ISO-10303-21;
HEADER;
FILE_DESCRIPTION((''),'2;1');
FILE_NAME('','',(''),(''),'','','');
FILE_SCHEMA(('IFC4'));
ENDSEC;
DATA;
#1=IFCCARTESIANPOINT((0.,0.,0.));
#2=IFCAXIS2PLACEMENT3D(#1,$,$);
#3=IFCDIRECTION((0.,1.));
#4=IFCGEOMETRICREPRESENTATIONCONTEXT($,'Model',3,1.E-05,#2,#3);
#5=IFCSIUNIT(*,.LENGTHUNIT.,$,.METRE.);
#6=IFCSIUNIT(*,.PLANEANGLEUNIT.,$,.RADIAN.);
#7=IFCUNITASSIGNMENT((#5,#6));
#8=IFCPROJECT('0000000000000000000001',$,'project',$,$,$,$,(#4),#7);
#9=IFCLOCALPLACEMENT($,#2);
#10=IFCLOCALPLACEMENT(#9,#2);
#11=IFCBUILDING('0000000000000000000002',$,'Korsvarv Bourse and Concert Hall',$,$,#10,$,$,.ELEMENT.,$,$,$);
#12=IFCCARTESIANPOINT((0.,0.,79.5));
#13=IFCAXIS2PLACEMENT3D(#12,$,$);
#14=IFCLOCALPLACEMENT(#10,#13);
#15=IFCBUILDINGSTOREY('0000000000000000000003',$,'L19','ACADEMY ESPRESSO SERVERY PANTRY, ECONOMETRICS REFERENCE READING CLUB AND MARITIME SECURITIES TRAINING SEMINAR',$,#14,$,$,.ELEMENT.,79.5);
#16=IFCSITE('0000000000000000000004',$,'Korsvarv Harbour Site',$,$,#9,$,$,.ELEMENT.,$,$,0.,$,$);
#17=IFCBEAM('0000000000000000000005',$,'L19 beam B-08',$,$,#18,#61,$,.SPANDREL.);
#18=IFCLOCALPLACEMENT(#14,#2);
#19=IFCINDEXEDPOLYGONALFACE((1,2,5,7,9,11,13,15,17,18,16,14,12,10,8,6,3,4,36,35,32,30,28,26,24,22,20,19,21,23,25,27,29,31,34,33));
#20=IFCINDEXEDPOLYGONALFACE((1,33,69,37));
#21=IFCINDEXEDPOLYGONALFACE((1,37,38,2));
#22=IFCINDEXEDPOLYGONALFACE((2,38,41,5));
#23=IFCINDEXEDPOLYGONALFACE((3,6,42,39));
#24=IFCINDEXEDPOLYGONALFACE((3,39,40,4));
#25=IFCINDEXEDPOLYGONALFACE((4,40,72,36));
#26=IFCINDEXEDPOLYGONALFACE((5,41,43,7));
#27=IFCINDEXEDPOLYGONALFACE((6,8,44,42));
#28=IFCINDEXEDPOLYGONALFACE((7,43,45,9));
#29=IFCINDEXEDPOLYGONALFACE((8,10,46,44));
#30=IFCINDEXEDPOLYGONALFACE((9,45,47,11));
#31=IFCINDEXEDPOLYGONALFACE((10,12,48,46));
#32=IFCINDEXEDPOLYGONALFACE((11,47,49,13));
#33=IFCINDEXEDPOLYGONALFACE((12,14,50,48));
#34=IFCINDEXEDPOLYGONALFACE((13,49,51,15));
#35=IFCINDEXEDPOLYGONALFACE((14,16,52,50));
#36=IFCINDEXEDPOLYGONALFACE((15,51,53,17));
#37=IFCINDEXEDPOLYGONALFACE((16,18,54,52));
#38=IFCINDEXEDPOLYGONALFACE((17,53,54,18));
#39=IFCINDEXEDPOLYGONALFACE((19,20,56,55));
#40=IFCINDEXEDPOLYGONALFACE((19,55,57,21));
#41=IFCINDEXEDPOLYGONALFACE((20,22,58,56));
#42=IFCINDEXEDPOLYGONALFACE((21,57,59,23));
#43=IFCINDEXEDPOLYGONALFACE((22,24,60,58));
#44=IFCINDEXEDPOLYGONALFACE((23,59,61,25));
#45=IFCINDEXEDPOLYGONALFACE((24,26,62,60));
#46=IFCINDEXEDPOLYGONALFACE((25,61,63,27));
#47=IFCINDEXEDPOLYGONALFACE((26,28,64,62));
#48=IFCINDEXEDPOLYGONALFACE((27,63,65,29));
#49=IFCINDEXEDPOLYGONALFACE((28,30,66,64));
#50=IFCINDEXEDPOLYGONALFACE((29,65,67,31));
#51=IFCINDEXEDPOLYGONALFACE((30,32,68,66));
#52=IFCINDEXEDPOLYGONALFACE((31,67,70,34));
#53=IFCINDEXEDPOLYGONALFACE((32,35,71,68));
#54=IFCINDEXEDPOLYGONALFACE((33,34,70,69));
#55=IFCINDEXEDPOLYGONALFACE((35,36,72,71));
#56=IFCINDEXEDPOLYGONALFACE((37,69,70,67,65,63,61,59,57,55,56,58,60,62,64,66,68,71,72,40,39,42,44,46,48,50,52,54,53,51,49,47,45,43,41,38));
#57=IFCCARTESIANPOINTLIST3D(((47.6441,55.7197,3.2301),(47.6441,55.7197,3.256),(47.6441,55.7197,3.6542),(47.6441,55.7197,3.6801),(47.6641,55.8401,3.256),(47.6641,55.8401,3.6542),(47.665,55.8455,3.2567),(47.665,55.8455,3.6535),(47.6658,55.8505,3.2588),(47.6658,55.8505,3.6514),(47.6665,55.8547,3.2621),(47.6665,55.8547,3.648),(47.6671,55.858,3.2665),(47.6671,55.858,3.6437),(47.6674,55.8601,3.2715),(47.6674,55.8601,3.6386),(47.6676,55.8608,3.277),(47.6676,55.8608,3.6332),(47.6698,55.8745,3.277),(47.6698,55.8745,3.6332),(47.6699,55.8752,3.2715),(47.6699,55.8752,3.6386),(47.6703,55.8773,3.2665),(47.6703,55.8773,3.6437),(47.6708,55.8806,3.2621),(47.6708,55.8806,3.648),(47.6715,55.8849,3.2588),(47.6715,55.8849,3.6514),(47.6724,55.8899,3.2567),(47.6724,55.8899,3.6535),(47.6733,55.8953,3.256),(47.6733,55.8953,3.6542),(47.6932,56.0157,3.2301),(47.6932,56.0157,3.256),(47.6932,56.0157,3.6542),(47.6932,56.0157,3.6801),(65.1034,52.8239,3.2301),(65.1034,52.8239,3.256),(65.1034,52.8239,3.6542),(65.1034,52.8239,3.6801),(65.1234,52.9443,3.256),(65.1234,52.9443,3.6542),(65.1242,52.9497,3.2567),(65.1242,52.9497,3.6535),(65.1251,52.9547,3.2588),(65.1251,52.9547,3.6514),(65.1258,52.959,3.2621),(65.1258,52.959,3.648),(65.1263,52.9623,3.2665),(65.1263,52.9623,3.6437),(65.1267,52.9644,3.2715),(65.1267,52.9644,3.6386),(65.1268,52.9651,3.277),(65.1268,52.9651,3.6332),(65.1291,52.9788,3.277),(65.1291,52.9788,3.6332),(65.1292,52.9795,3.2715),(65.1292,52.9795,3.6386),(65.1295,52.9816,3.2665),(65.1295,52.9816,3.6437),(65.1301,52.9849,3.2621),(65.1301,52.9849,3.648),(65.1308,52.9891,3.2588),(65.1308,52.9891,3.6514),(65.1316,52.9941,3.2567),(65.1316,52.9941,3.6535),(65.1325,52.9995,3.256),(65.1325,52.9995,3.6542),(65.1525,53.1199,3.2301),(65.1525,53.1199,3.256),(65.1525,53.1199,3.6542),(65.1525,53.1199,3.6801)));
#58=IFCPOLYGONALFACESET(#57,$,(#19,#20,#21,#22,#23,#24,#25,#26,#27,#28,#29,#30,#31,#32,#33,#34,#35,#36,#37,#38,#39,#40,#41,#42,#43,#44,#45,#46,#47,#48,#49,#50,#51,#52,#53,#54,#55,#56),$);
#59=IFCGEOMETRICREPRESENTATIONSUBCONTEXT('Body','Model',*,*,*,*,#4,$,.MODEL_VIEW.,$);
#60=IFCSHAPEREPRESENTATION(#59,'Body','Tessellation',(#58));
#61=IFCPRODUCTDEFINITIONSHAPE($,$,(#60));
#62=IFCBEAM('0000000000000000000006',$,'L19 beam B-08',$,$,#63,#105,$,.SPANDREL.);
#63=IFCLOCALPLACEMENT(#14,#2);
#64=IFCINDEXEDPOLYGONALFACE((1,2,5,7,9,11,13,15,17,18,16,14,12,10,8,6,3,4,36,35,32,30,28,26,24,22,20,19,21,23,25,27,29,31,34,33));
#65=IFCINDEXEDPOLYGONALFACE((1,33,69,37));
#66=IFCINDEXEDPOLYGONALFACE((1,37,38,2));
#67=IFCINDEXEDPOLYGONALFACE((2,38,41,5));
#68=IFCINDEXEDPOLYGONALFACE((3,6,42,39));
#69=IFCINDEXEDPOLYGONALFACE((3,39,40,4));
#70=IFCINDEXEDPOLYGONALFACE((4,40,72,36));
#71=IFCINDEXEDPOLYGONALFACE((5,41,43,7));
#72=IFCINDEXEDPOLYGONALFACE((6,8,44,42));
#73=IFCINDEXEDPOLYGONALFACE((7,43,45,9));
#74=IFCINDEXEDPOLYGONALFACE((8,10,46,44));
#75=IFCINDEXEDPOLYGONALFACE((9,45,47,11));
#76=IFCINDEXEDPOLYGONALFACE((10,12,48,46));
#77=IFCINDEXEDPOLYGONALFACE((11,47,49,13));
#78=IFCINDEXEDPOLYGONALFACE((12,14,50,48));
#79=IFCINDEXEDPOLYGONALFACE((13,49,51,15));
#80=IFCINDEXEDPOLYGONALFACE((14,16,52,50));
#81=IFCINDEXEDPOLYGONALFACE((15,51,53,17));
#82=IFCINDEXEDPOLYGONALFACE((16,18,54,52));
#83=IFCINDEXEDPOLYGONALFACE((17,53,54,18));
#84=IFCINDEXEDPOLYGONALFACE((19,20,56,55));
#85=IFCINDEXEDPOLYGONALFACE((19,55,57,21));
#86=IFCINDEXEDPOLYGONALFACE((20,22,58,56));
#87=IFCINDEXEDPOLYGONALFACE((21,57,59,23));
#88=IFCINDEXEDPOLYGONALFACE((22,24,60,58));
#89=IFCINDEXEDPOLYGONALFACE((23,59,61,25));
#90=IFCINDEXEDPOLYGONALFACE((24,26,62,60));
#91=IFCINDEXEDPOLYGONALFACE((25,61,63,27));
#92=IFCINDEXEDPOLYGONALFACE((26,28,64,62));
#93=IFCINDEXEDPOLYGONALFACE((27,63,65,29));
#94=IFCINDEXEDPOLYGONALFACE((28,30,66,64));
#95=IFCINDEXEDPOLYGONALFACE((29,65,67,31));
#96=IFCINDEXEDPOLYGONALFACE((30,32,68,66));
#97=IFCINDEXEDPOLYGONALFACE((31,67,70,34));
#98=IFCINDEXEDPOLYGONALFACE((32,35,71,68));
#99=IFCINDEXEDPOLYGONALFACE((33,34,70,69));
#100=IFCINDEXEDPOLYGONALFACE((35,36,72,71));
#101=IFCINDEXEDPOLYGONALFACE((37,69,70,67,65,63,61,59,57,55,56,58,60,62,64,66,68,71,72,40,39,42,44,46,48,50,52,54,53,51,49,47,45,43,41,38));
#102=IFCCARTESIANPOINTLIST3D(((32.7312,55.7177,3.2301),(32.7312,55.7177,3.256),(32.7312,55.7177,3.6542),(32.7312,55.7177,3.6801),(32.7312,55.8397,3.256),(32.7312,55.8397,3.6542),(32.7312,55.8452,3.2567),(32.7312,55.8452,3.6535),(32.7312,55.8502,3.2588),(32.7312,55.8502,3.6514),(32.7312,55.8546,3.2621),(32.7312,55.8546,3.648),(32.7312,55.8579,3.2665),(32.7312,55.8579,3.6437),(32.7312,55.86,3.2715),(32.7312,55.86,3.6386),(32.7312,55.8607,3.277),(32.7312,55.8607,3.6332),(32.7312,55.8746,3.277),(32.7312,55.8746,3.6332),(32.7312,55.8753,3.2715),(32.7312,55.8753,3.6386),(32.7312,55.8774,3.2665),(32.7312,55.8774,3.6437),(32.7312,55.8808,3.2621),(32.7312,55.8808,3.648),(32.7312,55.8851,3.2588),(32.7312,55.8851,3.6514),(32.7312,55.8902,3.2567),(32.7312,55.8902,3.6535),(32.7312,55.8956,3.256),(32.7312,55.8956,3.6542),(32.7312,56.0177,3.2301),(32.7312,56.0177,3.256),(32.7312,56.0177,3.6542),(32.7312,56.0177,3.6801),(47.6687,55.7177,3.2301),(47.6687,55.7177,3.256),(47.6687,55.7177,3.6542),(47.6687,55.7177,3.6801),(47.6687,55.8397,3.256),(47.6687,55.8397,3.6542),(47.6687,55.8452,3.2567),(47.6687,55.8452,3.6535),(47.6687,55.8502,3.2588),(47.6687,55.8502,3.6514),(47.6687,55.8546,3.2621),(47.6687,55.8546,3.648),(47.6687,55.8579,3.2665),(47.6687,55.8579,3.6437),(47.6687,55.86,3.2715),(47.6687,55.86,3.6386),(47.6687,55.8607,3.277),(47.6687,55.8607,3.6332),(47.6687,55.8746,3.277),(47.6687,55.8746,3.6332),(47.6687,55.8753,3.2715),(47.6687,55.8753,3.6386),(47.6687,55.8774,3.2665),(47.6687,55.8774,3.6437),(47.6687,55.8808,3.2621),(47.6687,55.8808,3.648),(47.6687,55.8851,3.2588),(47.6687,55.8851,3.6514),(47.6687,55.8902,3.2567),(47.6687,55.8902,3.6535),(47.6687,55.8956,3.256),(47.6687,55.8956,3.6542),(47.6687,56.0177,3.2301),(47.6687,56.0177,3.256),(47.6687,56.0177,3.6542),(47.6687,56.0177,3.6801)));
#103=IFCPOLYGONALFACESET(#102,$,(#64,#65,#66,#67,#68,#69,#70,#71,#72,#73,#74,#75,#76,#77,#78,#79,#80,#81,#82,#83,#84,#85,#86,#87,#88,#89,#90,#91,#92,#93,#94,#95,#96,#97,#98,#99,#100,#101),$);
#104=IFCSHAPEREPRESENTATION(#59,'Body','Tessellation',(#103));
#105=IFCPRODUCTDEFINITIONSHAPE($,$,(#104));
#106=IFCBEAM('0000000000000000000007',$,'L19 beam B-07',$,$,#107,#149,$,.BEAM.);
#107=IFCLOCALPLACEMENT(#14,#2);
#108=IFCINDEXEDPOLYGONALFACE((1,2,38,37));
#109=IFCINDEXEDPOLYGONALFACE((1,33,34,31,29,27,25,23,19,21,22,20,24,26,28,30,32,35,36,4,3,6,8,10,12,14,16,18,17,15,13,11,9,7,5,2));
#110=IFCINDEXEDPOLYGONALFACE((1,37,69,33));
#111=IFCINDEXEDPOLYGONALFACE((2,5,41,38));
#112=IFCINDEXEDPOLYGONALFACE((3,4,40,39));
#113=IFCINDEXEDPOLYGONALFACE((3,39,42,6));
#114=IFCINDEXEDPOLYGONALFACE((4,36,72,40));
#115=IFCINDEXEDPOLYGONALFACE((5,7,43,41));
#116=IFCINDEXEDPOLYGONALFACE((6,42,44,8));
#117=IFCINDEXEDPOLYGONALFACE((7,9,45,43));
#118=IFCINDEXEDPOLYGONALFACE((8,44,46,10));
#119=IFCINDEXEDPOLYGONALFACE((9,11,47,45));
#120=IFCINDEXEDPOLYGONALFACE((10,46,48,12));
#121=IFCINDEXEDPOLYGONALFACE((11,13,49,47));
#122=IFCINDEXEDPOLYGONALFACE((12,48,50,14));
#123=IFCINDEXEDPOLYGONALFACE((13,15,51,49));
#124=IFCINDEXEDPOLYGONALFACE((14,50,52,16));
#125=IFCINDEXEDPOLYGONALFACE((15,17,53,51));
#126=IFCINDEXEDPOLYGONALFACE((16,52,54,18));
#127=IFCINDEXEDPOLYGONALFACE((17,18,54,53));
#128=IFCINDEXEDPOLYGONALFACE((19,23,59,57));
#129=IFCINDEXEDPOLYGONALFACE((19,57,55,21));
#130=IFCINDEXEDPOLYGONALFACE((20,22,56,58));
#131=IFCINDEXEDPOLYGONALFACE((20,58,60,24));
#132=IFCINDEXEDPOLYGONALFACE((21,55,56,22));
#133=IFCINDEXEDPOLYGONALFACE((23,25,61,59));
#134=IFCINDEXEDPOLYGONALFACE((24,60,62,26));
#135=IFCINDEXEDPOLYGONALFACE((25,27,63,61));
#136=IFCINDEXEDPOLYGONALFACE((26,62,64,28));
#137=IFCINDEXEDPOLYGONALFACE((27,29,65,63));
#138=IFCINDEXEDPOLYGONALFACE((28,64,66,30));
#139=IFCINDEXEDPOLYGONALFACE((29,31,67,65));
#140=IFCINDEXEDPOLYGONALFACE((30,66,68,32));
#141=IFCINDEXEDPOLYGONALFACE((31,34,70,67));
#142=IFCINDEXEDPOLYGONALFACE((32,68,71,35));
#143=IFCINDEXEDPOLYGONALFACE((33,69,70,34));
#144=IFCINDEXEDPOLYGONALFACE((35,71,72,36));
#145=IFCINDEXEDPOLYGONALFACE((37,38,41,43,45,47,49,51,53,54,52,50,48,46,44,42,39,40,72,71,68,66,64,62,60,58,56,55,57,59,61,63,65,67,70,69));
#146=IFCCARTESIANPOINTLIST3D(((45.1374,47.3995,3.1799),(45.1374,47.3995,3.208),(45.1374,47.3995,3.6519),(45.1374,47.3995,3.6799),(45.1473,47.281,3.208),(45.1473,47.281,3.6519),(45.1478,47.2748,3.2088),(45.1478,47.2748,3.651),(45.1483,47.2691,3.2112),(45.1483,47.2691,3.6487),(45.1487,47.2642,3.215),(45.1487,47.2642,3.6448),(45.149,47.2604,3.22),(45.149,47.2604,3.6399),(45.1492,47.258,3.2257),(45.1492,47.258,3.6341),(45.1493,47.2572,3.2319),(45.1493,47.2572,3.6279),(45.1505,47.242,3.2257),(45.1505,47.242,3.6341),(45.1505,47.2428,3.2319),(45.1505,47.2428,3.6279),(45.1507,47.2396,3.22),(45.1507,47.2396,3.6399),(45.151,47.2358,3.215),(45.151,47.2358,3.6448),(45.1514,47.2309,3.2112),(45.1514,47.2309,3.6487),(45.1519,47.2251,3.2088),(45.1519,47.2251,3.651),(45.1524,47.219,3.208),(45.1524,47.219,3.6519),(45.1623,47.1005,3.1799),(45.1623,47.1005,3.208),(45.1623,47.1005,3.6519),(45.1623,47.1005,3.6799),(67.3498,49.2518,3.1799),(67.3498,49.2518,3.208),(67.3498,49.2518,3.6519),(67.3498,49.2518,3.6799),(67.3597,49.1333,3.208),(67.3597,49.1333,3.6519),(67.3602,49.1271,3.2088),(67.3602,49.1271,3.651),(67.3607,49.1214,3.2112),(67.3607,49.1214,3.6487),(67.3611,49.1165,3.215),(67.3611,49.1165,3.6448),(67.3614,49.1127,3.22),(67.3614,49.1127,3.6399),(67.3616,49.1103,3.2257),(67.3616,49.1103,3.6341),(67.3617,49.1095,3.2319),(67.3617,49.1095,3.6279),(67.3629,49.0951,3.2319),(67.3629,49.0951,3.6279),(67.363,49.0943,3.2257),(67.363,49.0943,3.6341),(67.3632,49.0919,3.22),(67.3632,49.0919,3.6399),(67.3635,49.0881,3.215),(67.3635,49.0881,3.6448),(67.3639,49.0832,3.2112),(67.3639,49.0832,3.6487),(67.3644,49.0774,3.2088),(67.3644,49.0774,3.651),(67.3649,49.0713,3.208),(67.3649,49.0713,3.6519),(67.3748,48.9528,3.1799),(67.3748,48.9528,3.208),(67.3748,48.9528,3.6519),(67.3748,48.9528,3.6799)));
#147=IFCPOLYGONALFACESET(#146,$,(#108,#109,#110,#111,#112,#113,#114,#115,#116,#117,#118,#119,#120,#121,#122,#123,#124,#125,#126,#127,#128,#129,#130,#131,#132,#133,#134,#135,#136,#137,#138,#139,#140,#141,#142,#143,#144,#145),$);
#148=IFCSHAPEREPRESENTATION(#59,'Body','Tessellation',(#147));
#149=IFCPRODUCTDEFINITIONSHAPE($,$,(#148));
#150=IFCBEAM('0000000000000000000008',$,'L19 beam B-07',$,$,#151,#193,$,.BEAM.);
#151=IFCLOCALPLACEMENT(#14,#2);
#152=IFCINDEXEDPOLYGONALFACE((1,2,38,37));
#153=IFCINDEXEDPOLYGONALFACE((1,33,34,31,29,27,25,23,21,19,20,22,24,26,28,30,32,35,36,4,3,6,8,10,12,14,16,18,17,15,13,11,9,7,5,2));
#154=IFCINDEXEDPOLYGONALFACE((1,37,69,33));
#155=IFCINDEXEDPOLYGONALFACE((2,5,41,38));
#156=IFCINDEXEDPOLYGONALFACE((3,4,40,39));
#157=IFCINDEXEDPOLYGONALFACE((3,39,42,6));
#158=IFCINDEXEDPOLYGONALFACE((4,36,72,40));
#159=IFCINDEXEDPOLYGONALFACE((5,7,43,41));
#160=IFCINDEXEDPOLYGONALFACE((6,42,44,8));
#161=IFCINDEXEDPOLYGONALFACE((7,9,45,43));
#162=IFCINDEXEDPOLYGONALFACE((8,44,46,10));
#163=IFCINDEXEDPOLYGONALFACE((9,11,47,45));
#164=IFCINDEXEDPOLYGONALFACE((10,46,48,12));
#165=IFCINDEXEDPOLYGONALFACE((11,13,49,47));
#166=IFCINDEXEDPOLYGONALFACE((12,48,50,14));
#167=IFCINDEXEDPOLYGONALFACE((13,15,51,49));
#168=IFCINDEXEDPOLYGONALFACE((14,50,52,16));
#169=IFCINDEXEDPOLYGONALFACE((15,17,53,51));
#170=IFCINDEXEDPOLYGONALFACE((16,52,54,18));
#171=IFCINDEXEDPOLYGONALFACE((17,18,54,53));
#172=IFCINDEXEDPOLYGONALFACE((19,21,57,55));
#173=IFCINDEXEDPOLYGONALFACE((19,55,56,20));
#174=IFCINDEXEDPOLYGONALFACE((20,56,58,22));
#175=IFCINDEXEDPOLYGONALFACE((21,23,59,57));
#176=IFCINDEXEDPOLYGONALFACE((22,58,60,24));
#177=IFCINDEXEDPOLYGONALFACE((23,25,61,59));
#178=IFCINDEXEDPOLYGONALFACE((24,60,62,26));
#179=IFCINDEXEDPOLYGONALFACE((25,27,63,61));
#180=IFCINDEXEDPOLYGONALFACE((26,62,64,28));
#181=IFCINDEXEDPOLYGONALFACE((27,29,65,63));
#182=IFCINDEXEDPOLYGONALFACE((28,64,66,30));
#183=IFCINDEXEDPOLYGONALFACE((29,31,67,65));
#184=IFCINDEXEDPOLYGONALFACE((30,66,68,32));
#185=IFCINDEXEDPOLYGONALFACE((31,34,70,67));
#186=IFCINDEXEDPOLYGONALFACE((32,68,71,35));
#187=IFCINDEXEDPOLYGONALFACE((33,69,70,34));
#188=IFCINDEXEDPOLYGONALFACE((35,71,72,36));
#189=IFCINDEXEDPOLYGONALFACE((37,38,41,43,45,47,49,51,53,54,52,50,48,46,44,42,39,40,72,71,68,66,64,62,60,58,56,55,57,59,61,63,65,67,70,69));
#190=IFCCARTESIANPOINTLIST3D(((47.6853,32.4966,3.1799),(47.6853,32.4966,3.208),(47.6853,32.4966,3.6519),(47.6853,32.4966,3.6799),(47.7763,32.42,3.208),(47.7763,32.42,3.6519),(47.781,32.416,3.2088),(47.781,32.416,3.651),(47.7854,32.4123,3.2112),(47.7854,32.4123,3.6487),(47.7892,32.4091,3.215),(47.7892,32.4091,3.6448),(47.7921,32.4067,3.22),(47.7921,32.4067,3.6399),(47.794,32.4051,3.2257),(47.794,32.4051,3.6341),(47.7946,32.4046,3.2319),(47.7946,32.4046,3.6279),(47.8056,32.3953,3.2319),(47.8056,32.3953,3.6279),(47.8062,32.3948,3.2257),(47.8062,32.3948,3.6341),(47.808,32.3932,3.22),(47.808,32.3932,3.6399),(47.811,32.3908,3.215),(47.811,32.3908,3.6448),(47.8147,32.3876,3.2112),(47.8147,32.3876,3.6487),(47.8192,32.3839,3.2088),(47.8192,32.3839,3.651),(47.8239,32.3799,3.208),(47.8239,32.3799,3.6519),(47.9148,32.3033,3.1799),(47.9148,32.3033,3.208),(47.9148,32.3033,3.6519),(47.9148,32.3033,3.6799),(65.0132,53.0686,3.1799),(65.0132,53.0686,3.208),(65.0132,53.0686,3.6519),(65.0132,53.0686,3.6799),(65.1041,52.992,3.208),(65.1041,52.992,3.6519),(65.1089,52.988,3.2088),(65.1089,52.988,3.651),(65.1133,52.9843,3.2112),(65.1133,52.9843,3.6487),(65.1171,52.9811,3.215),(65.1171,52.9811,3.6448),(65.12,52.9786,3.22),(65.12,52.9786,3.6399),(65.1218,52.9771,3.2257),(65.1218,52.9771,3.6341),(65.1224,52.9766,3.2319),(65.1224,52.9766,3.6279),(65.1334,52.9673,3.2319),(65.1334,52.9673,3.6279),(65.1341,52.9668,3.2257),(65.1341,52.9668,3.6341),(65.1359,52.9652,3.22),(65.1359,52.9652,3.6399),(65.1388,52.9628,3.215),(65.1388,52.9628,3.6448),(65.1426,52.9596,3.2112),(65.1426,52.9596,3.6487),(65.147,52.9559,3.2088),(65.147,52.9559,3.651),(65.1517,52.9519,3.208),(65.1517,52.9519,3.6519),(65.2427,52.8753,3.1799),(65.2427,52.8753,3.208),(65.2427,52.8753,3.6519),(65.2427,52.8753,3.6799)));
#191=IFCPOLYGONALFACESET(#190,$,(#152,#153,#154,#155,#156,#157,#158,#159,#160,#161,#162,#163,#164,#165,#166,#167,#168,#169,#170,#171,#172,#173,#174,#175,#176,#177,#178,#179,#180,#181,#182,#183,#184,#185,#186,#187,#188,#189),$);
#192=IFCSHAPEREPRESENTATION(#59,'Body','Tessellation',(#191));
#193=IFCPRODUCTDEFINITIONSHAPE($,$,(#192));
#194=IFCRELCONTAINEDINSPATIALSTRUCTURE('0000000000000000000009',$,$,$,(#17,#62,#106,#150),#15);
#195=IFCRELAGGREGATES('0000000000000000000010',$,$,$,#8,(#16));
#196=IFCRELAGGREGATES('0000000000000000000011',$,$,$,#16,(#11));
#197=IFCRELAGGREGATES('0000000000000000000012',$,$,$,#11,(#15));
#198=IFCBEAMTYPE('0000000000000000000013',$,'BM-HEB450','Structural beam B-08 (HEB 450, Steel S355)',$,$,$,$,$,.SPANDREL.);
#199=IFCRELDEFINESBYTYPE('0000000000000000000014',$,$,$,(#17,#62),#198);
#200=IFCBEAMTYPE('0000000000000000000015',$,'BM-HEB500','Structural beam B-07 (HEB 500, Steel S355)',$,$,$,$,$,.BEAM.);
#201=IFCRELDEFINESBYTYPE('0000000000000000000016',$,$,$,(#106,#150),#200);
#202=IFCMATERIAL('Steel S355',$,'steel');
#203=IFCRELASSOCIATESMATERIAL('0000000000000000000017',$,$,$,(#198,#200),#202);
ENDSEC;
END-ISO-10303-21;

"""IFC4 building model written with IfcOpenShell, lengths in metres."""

from ifc_helpers import new_model, si_unit, direction, frame, origin, origin_2d, place, context, subcontext, project, spatial, i_section, extrude, source, transform, mapped, material, material_profile, profile_set, type_object, element, save


model = new_model("IFC4")

# Units and contexts
model_context = context("Model", 3, precision=1e-05, world=origin(), true_north=direction((0.0, 1.0)))
body_context = subcontext(model_context, "Body", "Model", "MODEL_VIEW")
ifc_project = project(units=[si_unit("LENGTHUNIT", "METRE"), si_unit("PLANEANGLEUNIT", "RADIAN")], contexts=[model_context])

# Site, building, storey
site_placement = place(None, origin())
site = spatial("IfcSite", under=ifc_project, at=site_placement, Name="Korsvarv Harbour Site", CompositionType="ELEMENT", RefElevation=0.0)
building_placement = place(site_placement, origin())
building = spatial("IfcBuilding", under=site, at=building_placement, Name="Korsvarv Bourse and Concert Hall", CompositionType="ELEMENT")
storey_placement = place(building_placement, frame((0.0, 0.0, 79.5)))
storey = spatial("IfcBuildingStorey", under=building, at=storey_placement, Name="L19", Description="ACADEMY ESPRESSO SERVERY PANTRY, ECONOMETRICS REFERENCE READING CLUB AND MARITIME SECURITIES TRAINING SEMINAR", CompositionType="ELEMENT", Elevation=79.5)

# Beams
ifc_material_1 = material(Name="Steel S355", Category="steel")
ifc_material_profile_1 = material_profile(ifc_material_1, i_section(OverallWidth=0.3, OverallDepth=0.45, WebThickness=0.0139, FlangeThickness=0.0259, FilletRadius=0.021, at=origin_2d()), Name="HEB 450")
ifc_profile_set_1 = profile_set([ifc_material_profile_1], Name="Steel S355")
beam_type_1 = type_object("IfcBeamType", Name="BM-HEB450", Description="Structural beam B-08 (HEB 450, Steel S355)", PredefinedType="SPANDREL", material=ifc_profile_set_1)
shared_shape_1 = source(origin(), body_context, "Body", "SweptSolid", [
    extrude(i_section(OverallWidth=0.3, OverallDepth=0.45, WebThickness=0.0139, FlangeThickness=0.0259, FilletRadius=0.021, at=origin_2d()), origin(), (0.0, 0.0, 1.0), 17.6978),
])
beam_1_placement = place(storey_placement, frame((65.1279, 52.9719, 3.4551), z_axis=(-0.986523, 0.163623, 0.0), x_axis=(-0.163623, -0.986523, 0.0)))
element("IfcBeam", 1, at=beam_1_placement, inside=storey, type_object=beam_type_1, Name="L19 beam B-08", PredefinedType="SPANDREL", context=body_context, shape_type="MappedRepresentation", body=[
    mapped(shared_shape_1, transform((0.0, 0.0, 0.0), scale=1.0)),
])
shared_shape_2 = source(origin(), body_context, "Body", "SweptSolid", [
    extrude(i_section(OverallWidth=0.3, OverallDepth=0.45, WebThickness=0.0139, FlangeThickness=0.0259, FilletRadius=0.021, at=origin_2d()), origin(), (0.0, 0.0, 1.0), 14.9375),
])
beam_2_placement = place(storey_placement, frame((47.6687, 55.8677, 3.4551), z_axis=(-1.0, 0.0, 0.0), x_axis=(0.0, -1.0, 0.0)))
element("IfcBeam", 2, at=beam_2_placement, inside=storey, type_object=beam_type_1, Name="L19 beam B-08", PredefinedType="SPANDREL", context=body_context, shape_type="MappedRepresentation", body=[
    mapped(shared_shape_2, transform((0.0, 0.0, 0.0), scale=1.0)),
])
ifc_material_profile_2 = material_profile(ifc_material_1, i_section(OverallWidth=0.3, OverallDepth=0.5, WebThickness=0.0144, FlangeThickness=0.0281, FilletRadius=0.0239, at=origin_2d()), Name="HEB 500")
ifc_profile_set_2 = profile_set([ifc_material_profile_2], Name="Steel S355")
beam_type_2 = type_object("IfcBeamType", Name="BM-HEB500", Description="Structural beam B-07 (HEB 500, Steel S355)", PredefinedType="BEAM", material=ifc_profile_set_2)
shared_shape_3 = source(origin(), body_context, "Body", "SweptSolid", [
    extrude(i_section(OverallWidth=0.3, OverallDepth=0.5, WebThickness=0.0144, FlangeThickness=0.0281, FilletRadius=0.0239, at=origin_2d()), origin(), (0.0, 0.0, 1.0), 22.2896),
])
beam_3_placement = place(storey_placement, frame((67.3623, 49.1023, 3.4299), z_axis=(-0.996541, -0.083102, 0.0), x_axis=(0.083102, -0.996541, 0.0)))
element("IfcBeam", 3, at=beam_3_placement, inside=storey, type_object=beam_type_2, Name="L19 beam B-07", PredefinedType="BEAM", context=body_context, shape_type="MappedRepresentation", body=[
    mapped(shared_shape_3, transform((0.0, 0.0, 0.0), scale=1.0)),
])
shared_shape_4 = source(origin(), body_context, "Body", "SweptSolid", [
    extrude(i_section(OverallWidth=0.3, OverallDepth=0.5, WebThickness=0.0144, FlangeThickness=0.0281, FilletRadius=0.0239, at=origin_2d()), origin(), (0.0, 0.0, 1.0), 26.8972),
])
beam_4_placement = place(storey_placement, frame((65.1279, 52.9719, 3.4299), z_axis=(-0.644224, -0.764837, 0.0), x_axis=(0.764837, -0.644224, 0.0)))
element("IfcBeam", 4, at=beam_4_placement, inside=storey, type_object=beam_type_2, Name="L19 beam B-07", PredefinedType="BEAM", context=body_context, shape_type="MappedRepresentation", body=[
    mapped(shared_shape_4, transform((0.0, 0.0, 0.0), scale=1.0)),
])

save(model, "model.ifc")
